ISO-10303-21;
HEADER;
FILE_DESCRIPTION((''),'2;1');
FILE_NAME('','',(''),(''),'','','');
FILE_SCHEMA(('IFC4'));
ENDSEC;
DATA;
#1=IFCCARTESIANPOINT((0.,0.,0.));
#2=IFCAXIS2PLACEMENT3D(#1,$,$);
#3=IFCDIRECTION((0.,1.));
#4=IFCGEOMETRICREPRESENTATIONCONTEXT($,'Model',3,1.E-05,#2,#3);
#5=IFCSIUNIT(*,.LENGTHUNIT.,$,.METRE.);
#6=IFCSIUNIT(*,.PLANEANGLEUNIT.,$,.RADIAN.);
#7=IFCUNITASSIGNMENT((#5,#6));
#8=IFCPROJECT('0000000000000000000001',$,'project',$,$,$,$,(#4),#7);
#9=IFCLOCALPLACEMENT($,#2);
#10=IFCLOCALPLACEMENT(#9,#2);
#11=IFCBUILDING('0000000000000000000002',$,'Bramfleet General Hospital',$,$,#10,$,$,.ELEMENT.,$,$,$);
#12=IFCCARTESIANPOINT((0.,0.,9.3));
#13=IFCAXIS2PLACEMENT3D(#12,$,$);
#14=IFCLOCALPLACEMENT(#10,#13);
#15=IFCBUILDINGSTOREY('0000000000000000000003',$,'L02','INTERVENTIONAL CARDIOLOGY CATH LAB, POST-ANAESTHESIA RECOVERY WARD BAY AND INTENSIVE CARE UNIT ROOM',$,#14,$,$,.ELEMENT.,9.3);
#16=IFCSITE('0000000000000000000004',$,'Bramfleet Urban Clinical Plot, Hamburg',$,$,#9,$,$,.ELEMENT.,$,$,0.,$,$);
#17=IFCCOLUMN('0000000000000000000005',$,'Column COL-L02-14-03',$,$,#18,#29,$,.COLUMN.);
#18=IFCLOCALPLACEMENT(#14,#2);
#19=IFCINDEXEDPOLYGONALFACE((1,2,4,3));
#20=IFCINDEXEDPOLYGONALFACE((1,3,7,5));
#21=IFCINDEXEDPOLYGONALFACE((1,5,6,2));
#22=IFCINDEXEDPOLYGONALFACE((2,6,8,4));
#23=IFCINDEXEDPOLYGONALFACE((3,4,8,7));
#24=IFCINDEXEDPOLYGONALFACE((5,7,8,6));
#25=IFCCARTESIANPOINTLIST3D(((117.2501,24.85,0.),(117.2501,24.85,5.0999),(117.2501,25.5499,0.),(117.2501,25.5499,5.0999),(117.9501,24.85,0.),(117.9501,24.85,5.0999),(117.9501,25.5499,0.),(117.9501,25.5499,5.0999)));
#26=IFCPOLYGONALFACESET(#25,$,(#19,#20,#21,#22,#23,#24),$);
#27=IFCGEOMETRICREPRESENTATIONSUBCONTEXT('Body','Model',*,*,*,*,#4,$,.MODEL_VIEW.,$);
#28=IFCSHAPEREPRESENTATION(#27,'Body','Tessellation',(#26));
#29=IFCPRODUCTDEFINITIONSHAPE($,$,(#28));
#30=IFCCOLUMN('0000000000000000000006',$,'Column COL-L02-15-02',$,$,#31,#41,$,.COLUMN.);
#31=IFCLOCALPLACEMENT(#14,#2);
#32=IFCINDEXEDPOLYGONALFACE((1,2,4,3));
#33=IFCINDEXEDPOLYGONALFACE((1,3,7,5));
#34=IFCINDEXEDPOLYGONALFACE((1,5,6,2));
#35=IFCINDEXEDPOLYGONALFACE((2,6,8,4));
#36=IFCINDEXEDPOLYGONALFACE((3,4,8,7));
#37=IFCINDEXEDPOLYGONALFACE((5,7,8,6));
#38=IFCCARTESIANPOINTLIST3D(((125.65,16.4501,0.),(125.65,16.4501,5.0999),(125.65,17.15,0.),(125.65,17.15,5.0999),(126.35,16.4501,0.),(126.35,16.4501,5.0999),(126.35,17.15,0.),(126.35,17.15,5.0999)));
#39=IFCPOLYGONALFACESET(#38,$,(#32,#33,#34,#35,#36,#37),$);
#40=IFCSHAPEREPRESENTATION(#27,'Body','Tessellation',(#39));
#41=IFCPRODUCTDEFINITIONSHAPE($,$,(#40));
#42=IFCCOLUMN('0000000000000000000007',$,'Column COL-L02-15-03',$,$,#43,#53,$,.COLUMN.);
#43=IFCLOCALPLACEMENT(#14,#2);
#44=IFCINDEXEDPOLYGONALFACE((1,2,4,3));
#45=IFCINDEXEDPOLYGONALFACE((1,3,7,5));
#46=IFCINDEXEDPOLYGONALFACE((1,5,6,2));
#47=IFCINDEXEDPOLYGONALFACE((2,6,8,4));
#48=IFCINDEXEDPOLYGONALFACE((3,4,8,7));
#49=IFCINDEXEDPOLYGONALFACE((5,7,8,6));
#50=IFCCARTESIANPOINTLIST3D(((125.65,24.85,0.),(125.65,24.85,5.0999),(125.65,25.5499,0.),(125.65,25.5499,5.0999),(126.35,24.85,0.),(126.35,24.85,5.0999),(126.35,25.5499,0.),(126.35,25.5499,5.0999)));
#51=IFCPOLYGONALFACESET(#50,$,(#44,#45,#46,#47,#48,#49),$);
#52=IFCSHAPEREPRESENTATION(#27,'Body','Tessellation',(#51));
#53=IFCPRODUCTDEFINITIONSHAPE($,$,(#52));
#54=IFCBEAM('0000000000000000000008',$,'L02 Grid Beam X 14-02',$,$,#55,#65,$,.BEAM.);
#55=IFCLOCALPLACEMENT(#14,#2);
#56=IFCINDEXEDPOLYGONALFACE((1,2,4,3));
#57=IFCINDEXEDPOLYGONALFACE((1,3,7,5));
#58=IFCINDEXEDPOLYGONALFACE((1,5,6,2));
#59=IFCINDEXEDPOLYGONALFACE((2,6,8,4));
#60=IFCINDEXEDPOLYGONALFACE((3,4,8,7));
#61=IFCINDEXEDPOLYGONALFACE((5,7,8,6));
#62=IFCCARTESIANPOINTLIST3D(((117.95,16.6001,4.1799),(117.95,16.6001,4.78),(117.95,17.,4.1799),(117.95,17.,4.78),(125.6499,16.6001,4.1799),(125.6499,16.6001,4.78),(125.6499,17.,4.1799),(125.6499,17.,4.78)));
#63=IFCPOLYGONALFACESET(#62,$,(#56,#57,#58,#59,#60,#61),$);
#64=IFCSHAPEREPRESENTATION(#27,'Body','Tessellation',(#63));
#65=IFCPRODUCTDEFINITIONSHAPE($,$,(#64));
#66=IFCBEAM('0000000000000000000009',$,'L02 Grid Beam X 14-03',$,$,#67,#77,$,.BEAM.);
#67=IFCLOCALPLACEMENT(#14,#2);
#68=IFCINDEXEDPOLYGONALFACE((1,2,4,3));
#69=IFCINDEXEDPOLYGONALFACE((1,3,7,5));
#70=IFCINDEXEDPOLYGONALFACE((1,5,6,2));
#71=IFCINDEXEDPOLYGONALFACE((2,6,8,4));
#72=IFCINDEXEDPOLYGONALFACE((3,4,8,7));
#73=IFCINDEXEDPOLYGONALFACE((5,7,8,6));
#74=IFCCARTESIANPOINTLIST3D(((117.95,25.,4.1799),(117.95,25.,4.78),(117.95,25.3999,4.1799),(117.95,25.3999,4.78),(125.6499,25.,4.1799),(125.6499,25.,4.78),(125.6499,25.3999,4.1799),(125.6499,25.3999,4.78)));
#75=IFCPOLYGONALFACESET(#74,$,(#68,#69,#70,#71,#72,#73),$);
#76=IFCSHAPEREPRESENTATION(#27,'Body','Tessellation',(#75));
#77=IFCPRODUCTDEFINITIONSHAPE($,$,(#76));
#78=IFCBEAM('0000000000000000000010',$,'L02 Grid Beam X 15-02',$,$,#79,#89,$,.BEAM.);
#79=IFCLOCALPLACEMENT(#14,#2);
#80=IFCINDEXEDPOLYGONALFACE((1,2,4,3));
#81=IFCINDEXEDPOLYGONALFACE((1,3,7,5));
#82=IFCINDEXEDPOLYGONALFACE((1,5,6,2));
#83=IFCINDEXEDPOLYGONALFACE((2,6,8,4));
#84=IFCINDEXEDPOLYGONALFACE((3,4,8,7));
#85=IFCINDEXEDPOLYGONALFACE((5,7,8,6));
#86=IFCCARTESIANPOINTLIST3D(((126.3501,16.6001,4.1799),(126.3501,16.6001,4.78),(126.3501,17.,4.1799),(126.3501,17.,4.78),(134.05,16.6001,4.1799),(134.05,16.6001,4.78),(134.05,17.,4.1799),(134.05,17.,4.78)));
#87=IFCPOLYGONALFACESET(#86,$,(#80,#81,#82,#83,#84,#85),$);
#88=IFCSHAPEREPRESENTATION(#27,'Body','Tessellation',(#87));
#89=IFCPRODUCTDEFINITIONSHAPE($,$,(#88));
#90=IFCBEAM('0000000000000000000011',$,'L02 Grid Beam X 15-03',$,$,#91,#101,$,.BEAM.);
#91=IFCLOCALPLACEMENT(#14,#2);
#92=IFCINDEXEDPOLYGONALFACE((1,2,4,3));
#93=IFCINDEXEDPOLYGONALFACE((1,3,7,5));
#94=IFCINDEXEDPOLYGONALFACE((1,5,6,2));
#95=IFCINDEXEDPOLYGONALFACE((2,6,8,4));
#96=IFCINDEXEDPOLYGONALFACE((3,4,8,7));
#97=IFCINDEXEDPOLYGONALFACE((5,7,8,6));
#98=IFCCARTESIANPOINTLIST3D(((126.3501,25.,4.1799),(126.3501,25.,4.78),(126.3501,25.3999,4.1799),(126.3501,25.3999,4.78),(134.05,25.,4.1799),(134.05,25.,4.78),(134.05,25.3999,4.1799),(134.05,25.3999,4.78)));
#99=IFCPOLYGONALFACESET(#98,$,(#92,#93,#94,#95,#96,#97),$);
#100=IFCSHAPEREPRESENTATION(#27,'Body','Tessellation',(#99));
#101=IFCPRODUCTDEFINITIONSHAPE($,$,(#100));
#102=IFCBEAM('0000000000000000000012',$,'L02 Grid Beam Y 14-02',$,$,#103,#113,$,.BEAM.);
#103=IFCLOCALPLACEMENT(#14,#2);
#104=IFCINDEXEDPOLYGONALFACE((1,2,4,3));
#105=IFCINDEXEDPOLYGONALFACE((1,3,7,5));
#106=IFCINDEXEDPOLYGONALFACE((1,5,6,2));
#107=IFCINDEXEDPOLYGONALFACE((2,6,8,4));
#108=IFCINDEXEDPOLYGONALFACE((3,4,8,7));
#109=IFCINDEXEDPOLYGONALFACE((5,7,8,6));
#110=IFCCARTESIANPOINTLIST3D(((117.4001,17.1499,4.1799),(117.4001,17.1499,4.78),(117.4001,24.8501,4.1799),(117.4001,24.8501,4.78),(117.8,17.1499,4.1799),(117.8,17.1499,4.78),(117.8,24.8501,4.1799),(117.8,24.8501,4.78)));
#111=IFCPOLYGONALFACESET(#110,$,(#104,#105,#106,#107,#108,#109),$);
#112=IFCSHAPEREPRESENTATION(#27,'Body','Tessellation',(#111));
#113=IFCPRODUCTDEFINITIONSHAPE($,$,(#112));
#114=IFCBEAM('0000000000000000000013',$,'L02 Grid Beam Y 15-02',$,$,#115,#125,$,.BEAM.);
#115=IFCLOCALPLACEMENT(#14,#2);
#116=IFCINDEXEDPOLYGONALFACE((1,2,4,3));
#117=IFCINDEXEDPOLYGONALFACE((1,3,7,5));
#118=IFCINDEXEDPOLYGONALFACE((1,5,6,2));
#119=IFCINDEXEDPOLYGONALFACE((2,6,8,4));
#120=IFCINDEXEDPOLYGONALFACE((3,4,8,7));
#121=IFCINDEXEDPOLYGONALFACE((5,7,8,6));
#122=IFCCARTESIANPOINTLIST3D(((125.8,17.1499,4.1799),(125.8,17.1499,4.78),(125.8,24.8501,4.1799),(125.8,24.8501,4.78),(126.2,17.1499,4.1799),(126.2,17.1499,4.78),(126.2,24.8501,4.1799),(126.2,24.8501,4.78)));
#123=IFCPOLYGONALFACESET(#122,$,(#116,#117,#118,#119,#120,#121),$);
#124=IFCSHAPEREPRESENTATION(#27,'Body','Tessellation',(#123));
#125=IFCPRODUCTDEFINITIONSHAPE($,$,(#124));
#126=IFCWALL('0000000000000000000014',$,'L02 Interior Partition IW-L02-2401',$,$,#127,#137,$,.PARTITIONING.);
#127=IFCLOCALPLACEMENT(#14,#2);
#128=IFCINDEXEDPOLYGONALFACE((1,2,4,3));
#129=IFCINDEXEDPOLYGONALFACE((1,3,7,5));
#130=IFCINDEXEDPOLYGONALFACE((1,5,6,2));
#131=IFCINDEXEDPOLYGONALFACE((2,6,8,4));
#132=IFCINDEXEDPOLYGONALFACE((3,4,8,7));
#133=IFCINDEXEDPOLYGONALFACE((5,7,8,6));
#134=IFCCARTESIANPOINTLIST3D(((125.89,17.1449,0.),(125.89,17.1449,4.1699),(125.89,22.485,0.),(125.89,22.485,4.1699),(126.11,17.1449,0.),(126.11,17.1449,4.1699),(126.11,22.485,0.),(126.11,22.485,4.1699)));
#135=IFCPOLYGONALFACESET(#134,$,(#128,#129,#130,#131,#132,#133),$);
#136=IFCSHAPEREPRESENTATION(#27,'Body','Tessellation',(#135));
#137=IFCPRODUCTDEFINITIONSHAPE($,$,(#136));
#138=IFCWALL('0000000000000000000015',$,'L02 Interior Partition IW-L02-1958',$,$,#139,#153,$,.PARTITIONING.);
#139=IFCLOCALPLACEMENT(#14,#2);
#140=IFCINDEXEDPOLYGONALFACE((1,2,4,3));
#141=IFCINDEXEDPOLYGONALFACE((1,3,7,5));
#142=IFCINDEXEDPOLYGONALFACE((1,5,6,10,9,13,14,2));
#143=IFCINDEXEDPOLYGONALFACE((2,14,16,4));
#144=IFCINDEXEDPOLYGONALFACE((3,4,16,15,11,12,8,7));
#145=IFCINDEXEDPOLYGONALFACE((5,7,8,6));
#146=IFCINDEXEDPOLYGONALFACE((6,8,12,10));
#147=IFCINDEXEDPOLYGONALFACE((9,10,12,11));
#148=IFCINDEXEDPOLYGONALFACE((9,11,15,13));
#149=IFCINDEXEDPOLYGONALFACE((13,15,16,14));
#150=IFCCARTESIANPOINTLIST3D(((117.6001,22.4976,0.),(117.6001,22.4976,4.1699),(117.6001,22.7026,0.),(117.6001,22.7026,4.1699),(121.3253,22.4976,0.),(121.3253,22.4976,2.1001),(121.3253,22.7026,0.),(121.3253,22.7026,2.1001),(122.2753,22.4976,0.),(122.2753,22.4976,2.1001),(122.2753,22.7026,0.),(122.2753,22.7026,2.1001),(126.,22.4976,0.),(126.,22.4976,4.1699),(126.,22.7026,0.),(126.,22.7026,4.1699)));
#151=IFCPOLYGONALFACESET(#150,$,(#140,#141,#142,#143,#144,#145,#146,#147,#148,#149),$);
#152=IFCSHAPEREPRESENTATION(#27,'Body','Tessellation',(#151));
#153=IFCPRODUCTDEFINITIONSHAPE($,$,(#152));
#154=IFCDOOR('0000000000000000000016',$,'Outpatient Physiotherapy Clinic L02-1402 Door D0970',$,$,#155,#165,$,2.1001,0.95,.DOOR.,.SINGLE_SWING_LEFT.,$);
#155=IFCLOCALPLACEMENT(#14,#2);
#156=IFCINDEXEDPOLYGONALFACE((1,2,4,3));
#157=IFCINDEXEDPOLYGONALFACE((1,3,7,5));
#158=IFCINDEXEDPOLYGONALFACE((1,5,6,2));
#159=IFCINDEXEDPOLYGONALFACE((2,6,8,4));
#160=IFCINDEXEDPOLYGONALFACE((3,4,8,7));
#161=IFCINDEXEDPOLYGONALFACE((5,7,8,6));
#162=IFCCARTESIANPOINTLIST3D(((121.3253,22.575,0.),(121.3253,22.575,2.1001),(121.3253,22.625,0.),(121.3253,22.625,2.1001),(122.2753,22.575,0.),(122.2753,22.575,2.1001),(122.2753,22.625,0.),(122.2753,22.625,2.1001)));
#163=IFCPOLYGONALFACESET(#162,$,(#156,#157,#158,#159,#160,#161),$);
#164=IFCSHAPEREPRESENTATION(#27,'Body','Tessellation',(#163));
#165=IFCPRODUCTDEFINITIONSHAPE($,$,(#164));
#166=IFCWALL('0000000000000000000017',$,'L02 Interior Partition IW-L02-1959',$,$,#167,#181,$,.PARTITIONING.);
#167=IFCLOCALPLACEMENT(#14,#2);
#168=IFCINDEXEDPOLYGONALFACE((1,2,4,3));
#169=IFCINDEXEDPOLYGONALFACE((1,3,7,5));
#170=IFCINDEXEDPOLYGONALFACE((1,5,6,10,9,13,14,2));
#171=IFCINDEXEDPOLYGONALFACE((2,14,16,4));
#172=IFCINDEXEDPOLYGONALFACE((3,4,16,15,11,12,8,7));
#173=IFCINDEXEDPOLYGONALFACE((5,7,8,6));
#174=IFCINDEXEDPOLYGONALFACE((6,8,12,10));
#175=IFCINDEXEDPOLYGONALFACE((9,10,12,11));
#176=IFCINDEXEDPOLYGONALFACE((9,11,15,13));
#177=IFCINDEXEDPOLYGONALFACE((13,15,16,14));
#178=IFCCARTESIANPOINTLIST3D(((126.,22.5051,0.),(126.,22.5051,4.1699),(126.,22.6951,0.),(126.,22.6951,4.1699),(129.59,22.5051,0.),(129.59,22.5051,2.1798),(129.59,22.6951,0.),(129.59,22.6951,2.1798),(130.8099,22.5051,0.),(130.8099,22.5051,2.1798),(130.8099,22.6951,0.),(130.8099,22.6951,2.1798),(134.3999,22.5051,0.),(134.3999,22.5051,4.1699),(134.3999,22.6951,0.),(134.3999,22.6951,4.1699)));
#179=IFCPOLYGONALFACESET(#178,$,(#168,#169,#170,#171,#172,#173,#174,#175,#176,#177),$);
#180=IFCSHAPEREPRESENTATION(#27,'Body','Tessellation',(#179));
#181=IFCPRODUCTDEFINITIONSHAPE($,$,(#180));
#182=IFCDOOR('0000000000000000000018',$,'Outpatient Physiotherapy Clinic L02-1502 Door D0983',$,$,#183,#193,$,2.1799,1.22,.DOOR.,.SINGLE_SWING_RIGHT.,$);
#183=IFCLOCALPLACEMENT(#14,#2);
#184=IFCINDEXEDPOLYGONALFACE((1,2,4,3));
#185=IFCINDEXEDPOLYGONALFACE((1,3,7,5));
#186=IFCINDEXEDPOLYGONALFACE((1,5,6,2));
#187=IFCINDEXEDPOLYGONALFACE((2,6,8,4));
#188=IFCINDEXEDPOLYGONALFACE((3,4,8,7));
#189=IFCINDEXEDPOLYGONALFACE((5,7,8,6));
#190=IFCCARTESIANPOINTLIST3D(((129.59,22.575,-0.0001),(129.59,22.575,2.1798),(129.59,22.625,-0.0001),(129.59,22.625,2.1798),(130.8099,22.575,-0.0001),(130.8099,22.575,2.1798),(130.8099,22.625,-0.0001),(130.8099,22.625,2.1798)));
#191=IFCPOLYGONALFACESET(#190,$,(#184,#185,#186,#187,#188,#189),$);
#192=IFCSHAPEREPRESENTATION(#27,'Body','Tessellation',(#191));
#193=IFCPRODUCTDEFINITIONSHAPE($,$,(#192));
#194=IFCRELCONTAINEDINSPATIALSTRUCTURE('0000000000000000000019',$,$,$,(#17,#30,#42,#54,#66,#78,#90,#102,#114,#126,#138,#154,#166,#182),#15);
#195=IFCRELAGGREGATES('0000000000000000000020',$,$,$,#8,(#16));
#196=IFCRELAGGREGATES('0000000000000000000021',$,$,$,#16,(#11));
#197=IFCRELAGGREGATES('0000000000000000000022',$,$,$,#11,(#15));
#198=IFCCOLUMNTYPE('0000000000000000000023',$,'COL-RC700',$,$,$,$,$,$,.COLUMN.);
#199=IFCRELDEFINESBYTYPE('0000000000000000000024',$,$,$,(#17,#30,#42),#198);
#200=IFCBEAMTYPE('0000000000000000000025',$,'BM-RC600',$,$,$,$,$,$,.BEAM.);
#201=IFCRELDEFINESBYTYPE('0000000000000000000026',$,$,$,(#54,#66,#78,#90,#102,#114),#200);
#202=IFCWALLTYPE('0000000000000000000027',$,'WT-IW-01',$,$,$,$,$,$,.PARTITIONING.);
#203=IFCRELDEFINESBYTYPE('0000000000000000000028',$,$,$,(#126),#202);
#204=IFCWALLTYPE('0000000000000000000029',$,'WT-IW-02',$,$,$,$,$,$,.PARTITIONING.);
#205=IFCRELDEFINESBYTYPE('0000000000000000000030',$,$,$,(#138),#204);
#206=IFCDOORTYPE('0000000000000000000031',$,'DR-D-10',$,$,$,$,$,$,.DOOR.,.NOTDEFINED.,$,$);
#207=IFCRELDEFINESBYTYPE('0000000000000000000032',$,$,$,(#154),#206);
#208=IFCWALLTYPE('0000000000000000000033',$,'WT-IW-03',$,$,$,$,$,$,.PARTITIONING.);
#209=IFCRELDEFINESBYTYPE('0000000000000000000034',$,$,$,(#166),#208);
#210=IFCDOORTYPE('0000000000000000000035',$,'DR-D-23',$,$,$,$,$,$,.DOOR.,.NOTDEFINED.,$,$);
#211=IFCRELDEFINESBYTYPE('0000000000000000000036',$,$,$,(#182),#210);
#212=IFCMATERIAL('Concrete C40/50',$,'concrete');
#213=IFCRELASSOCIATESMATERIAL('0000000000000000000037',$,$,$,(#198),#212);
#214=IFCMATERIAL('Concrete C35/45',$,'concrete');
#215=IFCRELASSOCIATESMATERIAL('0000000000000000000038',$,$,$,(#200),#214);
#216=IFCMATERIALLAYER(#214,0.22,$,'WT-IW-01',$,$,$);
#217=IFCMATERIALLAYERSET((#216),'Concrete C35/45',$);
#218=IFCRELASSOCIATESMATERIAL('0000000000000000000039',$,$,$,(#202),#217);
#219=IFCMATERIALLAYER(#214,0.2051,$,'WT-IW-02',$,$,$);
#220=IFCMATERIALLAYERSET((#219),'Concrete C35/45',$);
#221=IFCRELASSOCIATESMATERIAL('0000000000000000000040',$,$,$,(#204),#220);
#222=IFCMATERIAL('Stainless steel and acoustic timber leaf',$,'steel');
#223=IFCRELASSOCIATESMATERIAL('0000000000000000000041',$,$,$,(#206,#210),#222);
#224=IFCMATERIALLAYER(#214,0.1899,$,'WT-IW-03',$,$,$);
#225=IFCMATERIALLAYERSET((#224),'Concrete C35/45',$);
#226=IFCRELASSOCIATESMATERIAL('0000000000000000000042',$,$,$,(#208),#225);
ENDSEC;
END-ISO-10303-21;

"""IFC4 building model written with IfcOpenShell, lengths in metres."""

from ifc_helpers import new_model, si_unit, direction, frame, frame_2d, origin, origin_2d, place, context, subcontext, project, spatial, rectangle, extrude, material, layer, layer_set, material_profile, profile_set, type_object, element, fill, save


model = new_model("IFC4")

# Units and contexts
model_context = context("Model", 3, precision=1e-05, world=origin(), true_north=direction((0.0, 1.0)))
body_context = subcontext(model_context, "Body", "Model", "MODEL_VIEW")
ifc_project = project(units=[si_unit("LENGTHUNIT", "METRE"), si_unit("PLANEANGLEUNIT", "RADIAN")], contexts=[model_context])

# Site, building, storey
site_placement = place(None, origin())
site = spatial("IfcSite", under=ifc_project, at=site_placement, Name="Bramfleet Urban Clinical Plot, Hamburg", CompositionType="ELEMENT", RefElevation=0.0)
building_placement = place(site_placement, origin())
building = spatial("IfcBuilding", under=site, at=building_placement, Name="Bramfleet General Hospital", CompositionType="ELEMENT")
storey_placement = place(building_placement, frame((0.0, 0.0, 9.3)))
storey = spatial("IfcBuildingStorey", under=building, at=storey_placement, Name="L02", Description="INTERVENTIONAL CARDIOLOGY CATH LAB, POST-ANAESTHESIA RECOVERY WARD BAY AND INTENSIVE CARE UNIT ROOM", CompositionType="ELEMENT", Elevation=9.3)

# Columns
ifc_material_1 = material(Name="Concrete C40/50", Category="concrete")
ifc_material_profile_1 = material_profile(ifc_material_1, rectangle(XDim=0.7, YDim=0.7, at=origin_2d()), Name="RC COL 700x700")
ifc_profile_set_1 = profile_set([ifc_material_profile_1], Name="Concrete C40/50")
column_type = type_object("IfcColumnType", Name="COL-RC700", PredefinedType="COLUMN", material=ifc_profile_set_1)
for number, where, z_axis, x_axis, name in (
    (1, (117.6001, 25.2, 0.0), (0.0, 0.0, 1.0), (1.0, 0.0, 0.0), "Column COL-L02-14-03"),
    (2, (126.0, 16.8, 0.0), (0.0, 0.0, 1.0), (1.0, 0.0, 0.0), "Column COL-L02-15-02"),
    (3, (126.0, 25.2, 0.0), (0.0, 0.0, 1.0), (1.0, 0.0, 0.0), "Column COL-L02-15-03"),
):
    element("IfcColumn", number, at=place(storey_placement, frame(where, z_axis=z_axis, x_axis=x_axis)), inside=storey, type_object=column_type, Name=name, PredefinedType="COLUMN", context=body_context, shape_type="SweptSolid", body=[
        extrude(rectangle(XDim=0.7, YDim=0.7, at=origin_2d()), origin(), (0.0, 0.0, 1.0), 5.0999),
    ])

# Beams
ifc_material_2 = material(Name="Concrete C35/45", Category="concrete")
ifc_material_profile_2 = material_profile(ifc_material_2, rectangle(XDim=0.3999, YDim=0.6001, at=origin_2d()), Name="RC BM 600x400")
ifc_profile_set_2 = profile_set([ifc_material_profile_2], Name="Concrete C35/45")
beam_type = type_object("IfcBeamType", Name="BM-RC600", PredefinedType="BEAM", material=ifc_profile_set_2)
for number, where, z_axis, x_axis, name in (
    (4, (117.95, 16.8, 4.48), (1.0, 0.0, 0.0), (0.0, 1.0, 0.0), "L02 Grid Beam X 14-02"),
    (5, (117.95, 25.2, 4.48), (1.0, 0.0, 0.0), (0.0, 1.0, 0.0), "L02 Grid Beam X 14-03"),
    (6, (126.3501, 16.8, 4.48), (1.0, 0.0, 0.0), (0.0, 1.0, 0.0), "L02 Grid Beam X 15-02"),
    (7, (126.3501, 25.2, 4.48), (1.0, 0.0, 0.0), (0.0, 1.0, 0.0), "L02 Grid Beam X 15-03"),
):
    element("IfcBeam", number, at=place(storey_placement, frame(where, z_axis=z_axis, x_axis=x_axis)), inside=storey, type_object=beam_type, Name=name, PredefinedType="BEAM", context=body_context, shape_type="SweptSolid", body=[
        extrude(rectangle(XDim=0.3999, YDim=0.6001, at=origin_2d()), origin(), (0.0, 0.0, 1.0), 7.7),
    ])
for number, where, z_axis, x_axis, name in (
    (8, (117.6001, 17.1499, 4.48), (0.0, 1.0, 0.0), (-1.0, 0.0, 0.0), "L02 Grid Beam Y 14-02"),
    (9, (126.0, 17.1499, 4.48), (0.0, 1.0, 0.0), (-1.0, 0.0, 0.0), "L02 Grid Beam Y 15-02"),
):
    element("IfcBeam", number, at=place(storey_placement, frame(where, z_axis=z_axis, x_axis=x_axis)), inside=storey, type_object=beam_type, Name=name, PredefinedType="BEAM", context=body_context, shape_type="SweptSolid", body=[
        extrude(rectangle(XDim=0.3999, YDim=0.6001, at=origin_2d()), origin(), (0.0, 0.0, 1.0), 7.7002),
    ])

# Wall
ifc_layer_1 = layer(ifc_material_2, 0.22, Name="WT-IW-01")
ifc_layer_set_1 = layer_set([ifc_layer_1], Name="Concrete C35/45")
wall_type_1 = type_object("IfcWallType", Name="WT-IW-01", PredefinedType="PARTITIONING", material=ifc_layer_set_1)
wall_1_placement = place(storey_placement, frame((126.0, 17.145, 0.0), z_axis=(0.0, 0.0, 1.0), x_axis=(0.0, 1.0, 0.0)))
element("IfcWall", 10, at=wall_1_placement, inside=storey, type_object=wall_type_1, Name="L02 Interior Partition IW-L02-2401", PredefinedType="PARTITIONING", context=body_context, shape_type="SweptSolid", body=[
    extrude(rectangle(XDim=5.3401, YDim=0.22, at=frame_2d((2.6699, 0.0))), origin(), (0.0, 0.0, 1.0), 4.1699),
])

# Walls, openings, doors
ifc_layer_2 = layer(ifc_material_2, 0.2051, Name="WT-IW-02")
ifc_layer_set_2 = layer_set([ifc_layer_2], Name="Concrete C35/45")
wall_type_2 = type_object("IfcWallType", Name="WT-IW-02", PredefinedType="PARTITIONING", material=ifc_layer_set_2)
wall_2_placement = place(storey_placement, frame((117.6001, 22.6001, 0.0), z_axis=(0.0, 0.0, 1.0), x_axis=(1.0, 0.0, 0.0)))
wall_2 = element("IfcWall", 11, at=wall_2_placement, inside=storey, type_object=wall_type_2, Name="L02 Interior Partition IW-L02-1958", PredefinedType="PARTITIONING", context=body_context, shape_type="SweptSolid", body=[
    extrude(rectangle(XDim=8.3999, YDim=0.2051, at=frame_2d((4.2, 0.0))), origin(), (0.0, 0.0, 1.0), 4.1699),
])
opening_1_placement = place(wall_2_placement, frame((3.7251, 0.0, 0.0)))
opening_1 = element("IfcOpeningElement", 12, at=opening_1_placement, cuts=wall_2, PredefinedType="OPENING", context=body_context, shape_type="SweptSolid", body=[
    extrude(rectangle(XDim=0.95, YDim=2.1001, at=frame_2d((0.4751, 1.05))), frame((0.0, 0.1125, 0.0), z_axis=(0.0, -1.0, 0.0), x_axis=(1.0, 0.0, 0.0)), (0.0, 0.0, 1.0), 0.2251),
])
ifc_material_3 = material(Name="Stainless steel and acoustic timber leaf", Category="steel")
door_type_1 = type_object("IfcDoorType", Name="DR-D-10", OperationType="NOTDEFINED", PredefinedType="DOOR", material=ifc_material_3)
door_1_placement = place(opening_1_placement, origin())
door_1 = element("IfcDoor", 13, at=door_1_placement, inside=storey, type_object=door_type_1, Name="Outpatient Physiotherapy Clinic L02-1402 Door D0970", OperationType="SINGLE_SWING_LEFT", OverallHeight=2.1001, OverallWidth=0.95, PredefinedType="DOOR", context=body_context, shape_type="SweptSolid", body=[
    extrude(rectangle(XDim=0.95, YDim=2.1001, at=frame_2d((0.4751, 1.05))), frame((0.0, 0.0249, 0.0), z_axis=(0.0, -1.0, 0.0), x_axis=(1.0, 0.0, 0.0)), (0.0, 0.0, 1.0), 0.05),
])
fill(opening_1, door_1)
ifc_layer_3 = layer(ifc_material_2, 0.1899, Name="WT-IW-03")
ifc_layer_set_3 = layer_set([ifc_layer_3], Name="Concrete C35/45")
wall_type_3 = type_object("IfcWallType", Name="WT-IW-03", PredefinedType="PARTITIONING", material=ifc_layer_set_3)
wall_3_placement = place(storey_placement, frame((126.0, 22.6001, 0.0), z_axis=(0.0, 0.0, 1.0), x_axis=(1.0, 0.0, 0.0)))
wall_3 = element("IfcWall", 14, at=wall_3_placement, inside=storey, type_object=wall_type_3, Name="L02 Interior Partition IW-L02-1959", PredefinedType="PARTITIONING", context=body_context, shape_type="SweptSolid", body=[
    extrude(rectangle(XDim=8.3999, YDim=0.1899, at=frame_2d((4.2, 0.0))), origin(), (0.0, 0.0, 1.0), 4.1699),
])
opening_2_placement = place(wall_3_placement, frame((3.5901, 0.0, 0.0)))
opening_2 = element("IfcOpeningElement", 15, at=opening_2_placement, cuts=wall_3, PredefinedType="OPENING", context=body_context, shape_type="SweptSolid", body=[
    extrude(rectangle(XDim=1.22, YDim=2.1799, at=frame_2d((0.6099, 1.0898))), frame((0.0, 0.105, 0.0), z_axis=(0.0, -1.0, 0.0), x_axis=(1.0, 0.0, 0.0)), (0.0, 0.0, 1.0), 0.21),
])
door_type_2 = type_object("IfcDoorType", Name="DR-D-23", OperationType="NOTDEFINED", PredefinedType="DOOR", material=ifc_material_3)
door_2_placement = place(opening_2_placement, origin())
door_2 = element("IfcDoor", 16, at=door_2_placement, inside=storey, type_object=door_type_2, Name="Outpatient Physiotherapy Clinic L02-1502 Door D0983", OperationType="SINGLE_SWING_RIGHT", OverallHeight=2.1799, OverallWidth=1.22, PredefinedType="DOOR", context=body_context, shape_type="SweptSolid", body=[
    extrude(rectangle(XDim=1.22, YDim=2.1799, at=frame_2d((0.6099, 1.0898))), frame((0.0, 0.0249, 0.0), z_axis=(0.0, -1.0, 0.0), x_axis=(1.0, 0.0, 0.0)), (0.0, 0.0, 1.0), 0.05),
])
fill(opening_2, door_2)

save(model, "model.ifc")
